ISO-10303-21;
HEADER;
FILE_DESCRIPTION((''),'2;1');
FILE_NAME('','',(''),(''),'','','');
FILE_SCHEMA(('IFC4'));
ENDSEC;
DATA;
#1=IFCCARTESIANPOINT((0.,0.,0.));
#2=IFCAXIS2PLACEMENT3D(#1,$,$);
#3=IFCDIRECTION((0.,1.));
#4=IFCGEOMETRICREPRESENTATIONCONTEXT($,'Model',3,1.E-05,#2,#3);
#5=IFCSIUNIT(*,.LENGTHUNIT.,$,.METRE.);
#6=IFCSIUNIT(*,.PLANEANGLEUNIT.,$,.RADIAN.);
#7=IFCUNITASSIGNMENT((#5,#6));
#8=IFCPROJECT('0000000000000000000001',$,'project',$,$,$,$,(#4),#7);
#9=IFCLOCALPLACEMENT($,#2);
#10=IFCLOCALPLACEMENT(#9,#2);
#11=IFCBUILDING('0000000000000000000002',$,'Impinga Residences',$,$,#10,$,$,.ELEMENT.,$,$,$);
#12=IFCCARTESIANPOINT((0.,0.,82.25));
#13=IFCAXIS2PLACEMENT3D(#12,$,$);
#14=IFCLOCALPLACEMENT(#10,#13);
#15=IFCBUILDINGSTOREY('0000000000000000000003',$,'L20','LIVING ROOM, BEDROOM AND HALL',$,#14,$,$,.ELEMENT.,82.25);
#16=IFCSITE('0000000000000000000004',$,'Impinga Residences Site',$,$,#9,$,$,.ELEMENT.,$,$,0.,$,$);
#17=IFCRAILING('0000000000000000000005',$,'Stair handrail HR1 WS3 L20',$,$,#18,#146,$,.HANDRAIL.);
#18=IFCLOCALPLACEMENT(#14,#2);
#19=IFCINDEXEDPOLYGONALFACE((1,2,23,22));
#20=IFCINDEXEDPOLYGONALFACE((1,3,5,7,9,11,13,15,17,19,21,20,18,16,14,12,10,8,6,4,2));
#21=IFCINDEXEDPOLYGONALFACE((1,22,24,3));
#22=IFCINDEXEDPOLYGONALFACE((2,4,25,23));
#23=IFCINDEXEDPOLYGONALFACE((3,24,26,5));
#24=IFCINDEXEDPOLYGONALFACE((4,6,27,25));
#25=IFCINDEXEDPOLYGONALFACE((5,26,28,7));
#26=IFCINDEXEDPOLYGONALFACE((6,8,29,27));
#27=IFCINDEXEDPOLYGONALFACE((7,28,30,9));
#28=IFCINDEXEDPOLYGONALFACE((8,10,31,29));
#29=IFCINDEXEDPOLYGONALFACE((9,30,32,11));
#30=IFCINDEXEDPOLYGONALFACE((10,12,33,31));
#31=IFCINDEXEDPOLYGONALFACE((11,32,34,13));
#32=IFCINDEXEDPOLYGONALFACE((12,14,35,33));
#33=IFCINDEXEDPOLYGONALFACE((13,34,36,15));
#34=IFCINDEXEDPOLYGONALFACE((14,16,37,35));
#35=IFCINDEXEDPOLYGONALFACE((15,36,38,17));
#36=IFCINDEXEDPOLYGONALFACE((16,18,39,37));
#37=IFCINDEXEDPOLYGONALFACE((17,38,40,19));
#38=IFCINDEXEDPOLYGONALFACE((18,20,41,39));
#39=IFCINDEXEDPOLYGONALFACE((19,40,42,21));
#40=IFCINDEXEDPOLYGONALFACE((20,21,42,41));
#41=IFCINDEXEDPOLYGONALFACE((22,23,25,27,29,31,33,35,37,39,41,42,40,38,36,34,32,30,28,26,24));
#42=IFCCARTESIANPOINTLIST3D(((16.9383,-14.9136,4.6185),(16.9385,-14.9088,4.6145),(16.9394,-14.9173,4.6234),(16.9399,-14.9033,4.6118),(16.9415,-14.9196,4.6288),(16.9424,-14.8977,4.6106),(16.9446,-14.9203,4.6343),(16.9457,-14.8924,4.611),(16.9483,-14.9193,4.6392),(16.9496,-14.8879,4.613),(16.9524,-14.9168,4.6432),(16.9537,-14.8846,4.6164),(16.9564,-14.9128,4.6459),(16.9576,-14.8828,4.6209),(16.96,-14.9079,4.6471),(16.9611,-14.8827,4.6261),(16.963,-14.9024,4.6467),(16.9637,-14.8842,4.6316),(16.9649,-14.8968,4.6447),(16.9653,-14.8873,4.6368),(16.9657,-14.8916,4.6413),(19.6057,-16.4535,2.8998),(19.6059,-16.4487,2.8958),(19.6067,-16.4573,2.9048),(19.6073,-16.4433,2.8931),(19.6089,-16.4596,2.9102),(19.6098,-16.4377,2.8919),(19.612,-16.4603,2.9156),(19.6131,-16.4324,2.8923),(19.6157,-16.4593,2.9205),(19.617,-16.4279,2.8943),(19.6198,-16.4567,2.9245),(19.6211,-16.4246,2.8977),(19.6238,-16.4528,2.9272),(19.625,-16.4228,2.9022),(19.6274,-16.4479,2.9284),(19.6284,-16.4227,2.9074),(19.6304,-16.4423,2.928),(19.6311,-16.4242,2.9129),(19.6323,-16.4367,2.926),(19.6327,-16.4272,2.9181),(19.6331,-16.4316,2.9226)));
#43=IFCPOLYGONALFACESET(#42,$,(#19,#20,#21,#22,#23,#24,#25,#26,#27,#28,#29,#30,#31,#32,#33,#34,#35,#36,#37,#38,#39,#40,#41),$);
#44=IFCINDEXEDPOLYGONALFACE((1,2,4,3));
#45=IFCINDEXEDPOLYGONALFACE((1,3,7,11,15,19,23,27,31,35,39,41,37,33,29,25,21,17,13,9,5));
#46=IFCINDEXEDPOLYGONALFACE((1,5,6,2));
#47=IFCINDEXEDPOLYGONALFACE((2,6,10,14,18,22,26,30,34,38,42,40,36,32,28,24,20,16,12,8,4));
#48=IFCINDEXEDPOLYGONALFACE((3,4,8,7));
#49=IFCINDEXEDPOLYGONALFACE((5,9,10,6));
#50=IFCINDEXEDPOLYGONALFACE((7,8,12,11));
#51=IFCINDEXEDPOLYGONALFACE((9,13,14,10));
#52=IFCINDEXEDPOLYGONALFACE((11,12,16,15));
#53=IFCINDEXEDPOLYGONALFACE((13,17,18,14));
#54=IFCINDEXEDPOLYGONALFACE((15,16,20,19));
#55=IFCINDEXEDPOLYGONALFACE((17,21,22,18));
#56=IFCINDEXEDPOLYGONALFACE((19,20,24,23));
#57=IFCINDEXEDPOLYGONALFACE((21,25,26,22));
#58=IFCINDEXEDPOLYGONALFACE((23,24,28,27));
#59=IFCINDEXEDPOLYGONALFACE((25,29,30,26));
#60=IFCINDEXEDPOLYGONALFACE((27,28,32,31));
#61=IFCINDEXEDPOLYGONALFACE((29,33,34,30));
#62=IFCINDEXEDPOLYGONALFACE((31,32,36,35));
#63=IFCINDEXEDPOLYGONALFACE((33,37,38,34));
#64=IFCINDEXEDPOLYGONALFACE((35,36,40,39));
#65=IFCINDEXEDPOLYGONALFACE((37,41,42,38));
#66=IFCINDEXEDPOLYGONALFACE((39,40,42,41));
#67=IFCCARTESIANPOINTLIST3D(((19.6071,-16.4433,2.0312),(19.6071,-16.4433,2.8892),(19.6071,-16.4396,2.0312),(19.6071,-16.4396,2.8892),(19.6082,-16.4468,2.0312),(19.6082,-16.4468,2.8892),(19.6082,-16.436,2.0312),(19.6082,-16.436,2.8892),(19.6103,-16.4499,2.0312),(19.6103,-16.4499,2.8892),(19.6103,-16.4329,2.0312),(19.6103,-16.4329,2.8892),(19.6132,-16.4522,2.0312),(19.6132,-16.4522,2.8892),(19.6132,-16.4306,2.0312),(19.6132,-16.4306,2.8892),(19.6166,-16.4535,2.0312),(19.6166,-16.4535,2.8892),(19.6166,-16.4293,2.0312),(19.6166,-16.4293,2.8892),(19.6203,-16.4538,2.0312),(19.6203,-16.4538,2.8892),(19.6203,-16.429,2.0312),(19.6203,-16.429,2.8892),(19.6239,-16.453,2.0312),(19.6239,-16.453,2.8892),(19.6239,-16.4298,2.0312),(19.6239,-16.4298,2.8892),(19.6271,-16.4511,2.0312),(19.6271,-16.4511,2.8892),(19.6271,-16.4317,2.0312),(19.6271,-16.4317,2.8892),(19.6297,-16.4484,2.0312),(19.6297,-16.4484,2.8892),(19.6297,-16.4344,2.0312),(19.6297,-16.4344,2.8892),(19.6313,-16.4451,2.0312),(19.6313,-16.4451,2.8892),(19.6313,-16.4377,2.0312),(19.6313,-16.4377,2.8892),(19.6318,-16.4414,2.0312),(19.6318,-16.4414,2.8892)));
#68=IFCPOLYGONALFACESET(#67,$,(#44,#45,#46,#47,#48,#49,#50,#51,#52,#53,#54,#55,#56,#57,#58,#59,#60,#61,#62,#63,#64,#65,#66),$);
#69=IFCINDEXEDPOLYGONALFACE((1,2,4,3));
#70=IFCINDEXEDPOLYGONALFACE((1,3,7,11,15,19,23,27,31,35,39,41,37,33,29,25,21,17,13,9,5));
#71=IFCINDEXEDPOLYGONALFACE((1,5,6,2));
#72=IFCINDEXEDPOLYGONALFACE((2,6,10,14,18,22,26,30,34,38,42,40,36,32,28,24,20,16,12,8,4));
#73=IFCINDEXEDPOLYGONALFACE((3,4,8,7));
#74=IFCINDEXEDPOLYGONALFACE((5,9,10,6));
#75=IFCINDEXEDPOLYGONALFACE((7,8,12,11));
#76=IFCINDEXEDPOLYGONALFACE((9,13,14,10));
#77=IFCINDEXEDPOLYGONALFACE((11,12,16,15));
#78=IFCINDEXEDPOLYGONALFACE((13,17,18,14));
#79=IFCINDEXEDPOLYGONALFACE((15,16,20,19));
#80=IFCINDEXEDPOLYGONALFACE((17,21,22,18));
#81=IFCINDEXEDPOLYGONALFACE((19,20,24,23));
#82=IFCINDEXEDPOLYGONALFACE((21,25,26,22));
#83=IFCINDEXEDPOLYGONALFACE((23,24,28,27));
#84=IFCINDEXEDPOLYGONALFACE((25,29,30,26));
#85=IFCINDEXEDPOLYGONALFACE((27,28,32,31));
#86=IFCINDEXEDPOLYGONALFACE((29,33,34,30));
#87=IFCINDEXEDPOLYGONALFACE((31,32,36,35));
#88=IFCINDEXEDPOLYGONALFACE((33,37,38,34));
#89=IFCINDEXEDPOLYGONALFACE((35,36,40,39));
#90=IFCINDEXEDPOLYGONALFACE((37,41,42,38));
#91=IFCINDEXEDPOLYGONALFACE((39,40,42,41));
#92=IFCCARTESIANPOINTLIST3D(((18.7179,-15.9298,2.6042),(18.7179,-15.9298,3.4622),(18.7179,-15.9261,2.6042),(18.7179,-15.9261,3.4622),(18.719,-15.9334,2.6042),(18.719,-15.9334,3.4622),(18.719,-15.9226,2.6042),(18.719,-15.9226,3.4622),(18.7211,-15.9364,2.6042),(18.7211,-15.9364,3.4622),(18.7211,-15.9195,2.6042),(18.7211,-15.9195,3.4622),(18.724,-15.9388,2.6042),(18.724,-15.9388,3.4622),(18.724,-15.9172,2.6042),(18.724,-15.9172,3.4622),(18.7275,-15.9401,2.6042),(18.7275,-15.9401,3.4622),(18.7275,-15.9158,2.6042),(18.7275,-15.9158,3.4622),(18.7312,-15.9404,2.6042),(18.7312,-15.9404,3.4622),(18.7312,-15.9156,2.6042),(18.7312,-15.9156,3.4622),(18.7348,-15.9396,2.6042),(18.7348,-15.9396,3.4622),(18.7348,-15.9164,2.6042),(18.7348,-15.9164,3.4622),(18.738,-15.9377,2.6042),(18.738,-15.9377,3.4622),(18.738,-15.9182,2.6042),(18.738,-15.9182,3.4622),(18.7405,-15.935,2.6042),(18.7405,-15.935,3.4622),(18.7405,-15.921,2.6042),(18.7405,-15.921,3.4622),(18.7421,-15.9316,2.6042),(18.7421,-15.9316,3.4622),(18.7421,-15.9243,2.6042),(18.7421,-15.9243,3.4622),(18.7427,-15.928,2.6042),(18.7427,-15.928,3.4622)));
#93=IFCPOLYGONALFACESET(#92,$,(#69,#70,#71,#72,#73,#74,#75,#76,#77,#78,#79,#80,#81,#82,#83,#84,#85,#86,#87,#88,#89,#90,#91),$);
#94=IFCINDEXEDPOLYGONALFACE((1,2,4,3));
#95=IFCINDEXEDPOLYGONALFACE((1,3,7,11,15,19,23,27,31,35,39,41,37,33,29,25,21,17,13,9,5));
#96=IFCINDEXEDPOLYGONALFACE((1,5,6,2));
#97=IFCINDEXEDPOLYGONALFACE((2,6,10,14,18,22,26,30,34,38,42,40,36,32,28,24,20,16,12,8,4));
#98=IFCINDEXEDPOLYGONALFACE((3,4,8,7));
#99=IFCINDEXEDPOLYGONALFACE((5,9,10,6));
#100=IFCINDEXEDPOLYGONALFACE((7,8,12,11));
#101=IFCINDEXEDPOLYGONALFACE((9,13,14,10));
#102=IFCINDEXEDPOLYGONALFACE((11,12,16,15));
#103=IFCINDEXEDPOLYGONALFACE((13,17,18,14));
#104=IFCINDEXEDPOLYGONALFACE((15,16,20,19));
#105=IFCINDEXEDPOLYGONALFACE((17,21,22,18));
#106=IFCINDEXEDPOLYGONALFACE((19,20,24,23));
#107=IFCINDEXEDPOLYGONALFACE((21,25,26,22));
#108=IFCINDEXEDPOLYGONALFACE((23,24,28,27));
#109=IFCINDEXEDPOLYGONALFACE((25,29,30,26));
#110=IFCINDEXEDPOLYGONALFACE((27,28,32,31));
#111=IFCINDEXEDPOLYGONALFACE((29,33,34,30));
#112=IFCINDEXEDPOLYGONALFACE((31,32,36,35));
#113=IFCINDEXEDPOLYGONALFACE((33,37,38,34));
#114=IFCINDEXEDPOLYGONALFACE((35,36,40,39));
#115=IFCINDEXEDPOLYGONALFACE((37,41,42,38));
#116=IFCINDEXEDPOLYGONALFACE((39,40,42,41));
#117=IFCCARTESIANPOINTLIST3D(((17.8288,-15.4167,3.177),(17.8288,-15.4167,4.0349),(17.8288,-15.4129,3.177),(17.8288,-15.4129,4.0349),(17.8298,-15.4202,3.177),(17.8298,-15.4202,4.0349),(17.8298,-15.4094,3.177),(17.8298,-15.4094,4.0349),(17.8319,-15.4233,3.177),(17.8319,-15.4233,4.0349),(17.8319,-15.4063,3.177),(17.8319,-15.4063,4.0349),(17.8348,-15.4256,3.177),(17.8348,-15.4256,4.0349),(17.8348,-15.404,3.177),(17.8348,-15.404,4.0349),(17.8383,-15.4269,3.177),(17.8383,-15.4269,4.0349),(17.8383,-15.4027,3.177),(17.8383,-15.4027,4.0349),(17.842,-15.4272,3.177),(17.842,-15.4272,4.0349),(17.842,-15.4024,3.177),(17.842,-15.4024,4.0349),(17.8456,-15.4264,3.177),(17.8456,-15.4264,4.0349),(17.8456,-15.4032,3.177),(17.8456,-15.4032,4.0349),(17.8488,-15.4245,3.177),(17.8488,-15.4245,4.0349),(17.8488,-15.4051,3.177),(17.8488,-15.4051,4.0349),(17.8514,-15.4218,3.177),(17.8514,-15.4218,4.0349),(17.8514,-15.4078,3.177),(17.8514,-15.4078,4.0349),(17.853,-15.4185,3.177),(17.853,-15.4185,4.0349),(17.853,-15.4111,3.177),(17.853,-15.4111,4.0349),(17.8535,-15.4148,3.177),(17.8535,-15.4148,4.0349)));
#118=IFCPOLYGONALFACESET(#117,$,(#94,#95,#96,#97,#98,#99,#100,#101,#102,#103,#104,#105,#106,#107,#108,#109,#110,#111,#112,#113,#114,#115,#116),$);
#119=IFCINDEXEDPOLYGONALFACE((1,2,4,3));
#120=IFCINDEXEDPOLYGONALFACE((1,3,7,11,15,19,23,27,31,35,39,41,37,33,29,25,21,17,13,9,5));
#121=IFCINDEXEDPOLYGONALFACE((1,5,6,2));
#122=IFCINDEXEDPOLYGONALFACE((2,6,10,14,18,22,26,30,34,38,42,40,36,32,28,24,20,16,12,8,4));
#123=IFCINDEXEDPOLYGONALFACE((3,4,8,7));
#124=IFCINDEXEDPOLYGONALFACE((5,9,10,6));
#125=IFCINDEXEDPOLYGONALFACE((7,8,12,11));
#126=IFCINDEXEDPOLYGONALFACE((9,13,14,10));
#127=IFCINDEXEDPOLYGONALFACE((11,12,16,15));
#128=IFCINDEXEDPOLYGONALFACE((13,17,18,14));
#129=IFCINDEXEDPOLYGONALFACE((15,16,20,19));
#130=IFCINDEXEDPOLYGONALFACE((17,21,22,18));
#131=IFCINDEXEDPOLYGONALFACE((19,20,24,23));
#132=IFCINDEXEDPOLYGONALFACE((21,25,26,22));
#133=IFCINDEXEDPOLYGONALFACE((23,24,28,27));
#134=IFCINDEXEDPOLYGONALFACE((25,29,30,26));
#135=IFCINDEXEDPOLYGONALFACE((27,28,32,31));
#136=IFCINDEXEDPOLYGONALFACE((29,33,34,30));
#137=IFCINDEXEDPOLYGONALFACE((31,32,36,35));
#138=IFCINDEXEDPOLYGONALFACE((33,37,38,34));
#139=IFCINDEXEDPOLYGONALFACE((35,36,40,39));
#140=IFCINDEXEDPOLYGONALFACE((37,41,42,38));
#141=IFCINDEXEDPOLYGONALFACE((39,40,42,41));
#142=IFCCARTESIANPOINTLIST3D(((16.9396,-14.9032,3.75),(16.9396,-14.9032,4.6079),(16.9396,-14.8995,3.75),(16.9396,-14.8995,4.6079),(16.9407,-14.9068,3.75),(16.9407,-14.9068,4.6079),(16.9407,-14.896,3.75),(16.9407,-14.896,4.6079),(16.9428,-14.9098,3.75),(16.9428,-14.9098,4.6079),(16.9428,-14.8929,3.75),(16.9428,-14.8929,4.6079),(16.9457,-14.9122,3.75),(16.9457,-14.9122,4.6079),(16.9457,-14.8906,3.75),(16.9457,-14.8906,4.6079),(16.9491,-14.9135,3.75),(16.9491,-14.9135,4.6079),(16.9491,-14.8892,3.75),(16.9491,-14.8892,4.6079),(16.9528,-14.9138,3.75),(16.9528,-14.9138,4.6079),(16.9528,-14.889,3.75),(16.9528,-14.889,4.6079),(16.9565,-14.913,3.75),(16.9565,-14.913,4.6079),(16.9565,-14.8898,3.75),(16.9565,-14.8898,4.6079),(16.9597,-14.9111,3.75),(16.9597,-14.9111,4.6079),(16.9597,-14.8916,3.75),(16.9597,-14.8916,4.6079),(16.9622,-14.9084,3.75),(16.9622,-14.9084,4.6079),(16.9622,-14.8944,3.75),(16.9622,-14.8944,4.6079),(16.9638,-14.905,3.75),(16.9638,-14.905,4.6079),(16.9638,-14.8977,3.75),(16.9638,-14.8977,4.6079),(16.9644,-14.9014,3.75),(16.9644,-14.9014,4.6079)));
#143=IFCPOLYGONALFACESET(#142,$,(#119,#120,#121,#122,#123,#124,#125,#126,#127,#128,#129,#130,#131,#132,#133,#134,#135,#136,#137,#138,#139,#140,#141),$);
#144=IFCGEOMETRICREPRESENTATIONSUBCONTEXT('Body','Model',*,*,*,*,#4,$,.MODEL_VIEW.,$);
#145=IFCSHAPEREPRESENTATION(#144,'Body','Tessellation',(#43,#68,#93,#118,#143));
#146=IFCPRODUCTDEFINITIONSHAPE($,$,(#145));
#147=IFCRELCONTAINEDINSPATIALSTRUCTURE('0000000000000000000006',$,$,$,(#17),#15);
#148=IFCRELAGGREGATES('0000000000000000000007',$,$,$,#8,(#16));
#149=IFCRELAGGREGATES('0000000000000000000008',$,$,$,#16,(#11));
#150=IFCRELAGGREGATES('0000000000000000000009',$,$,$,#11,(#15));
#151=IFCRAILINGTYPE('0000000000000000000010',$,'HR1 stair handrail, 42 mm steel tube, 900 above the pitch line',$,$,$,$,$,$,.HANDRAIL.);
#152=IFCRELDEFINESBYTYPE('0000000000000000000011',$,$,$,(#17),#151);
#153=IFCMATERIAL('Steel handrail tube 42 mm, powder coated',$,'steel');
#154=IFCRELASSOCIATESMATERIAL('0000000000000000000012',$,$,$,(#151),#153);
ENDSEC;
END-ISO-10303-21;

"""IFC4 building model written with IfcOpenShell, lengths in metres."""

from ifc_helpers import new_model, si_unit, direction, frame, origin, origin_2d, place, context, subcontext, project, spatial, circle, extrude, material, type_object, element, save


model = new_model("IFC4")

# Units and contexts
model_context = context("Model", 3, precision=1e-05, world=origin(), true_north=direction((0.0, 1.0)))
body_context = subcontext(model_context, "Body", "Model", "MODEL_VIEW")
ifc_project = project(units=[si_unit("LENGTHUNIT", "METRE"), si_unit("PLANEANGLEUNIT", "RADIAN")], contexts=[model_context])

# Site, building, storey
site_placement = place(None, origin())
site = spatial("IfcSite", under=ifc_project, at=site_placement, Name="Impinga Residences Site", CompositionType="ELEMENT", RefElevation=0.0)
building_placement = place(site_placement, origin())
building = spatial("IfcBuilding", under=site, at=building_placement, Name="Impinga Residences", CompositionType="ELEMENT")
storey_placement = place(building_placement, frame((0.0, 0.0, 82.25)))
storey = spatial("IfcBuildingStorey", under=building, at=storey_placement, Name="L20", Description="LIVING ROOM, BEDROOM AND HALL", CompositionType="ELEMENT", Elevation=82.25)

# Railing
ifc_material_1 = material(Name="Steel handrail tube 42 mm, powder coated", Category="steel")
railing_type_1 = type_object("IfcRailingType", Name="HR1 stair handrail, 42 mm steel tube, 900 above the pitch line", PredefinedType="HANDRAIL", material=ifc_material_1)
railing_1_placement = place(storey_placement, frame((19.6194, -16.4414, 2.0312)))
element("IfcRailing", 1, at=railing_1_placement, inside=storey, type_object=railing_type_1, Name="Stair handrail HR1 WS3 L20", PredefinedType="HANDRAIL", context=body_context, shape_type="SweptSolid", body=[
    extrude(circle(Radius=0.021, at=origin_2d()), frame((0.0, 0.0, 0.8789), z_axis=(-0.756256, 0.436616, 0.487282), x_axis=(-0.499992, -0.86603, 0.0)), (0.0, 0.0, 1.0), 3.5271),
    extrude(circle(Radius=0.0125, at=origin_2d()), origin(), (0.0, 0.0, 1.0), 0.8579),
    extrude(circle(Radius=0.0125, at=origin_2d()), frame((-0.8892, 0.5134, 0.573)), (0.0, 0.0, 1.0), 0.8579),
    extrude(circle(Radius=0.0125, at=origin_2d()), frame((-1.7783, 1.0266, 1.1458)), (0.0, 0.0, 1.0), 0.8579),
    extrude(circle(Radius=0.0125, at=origin_2d()), frame((-2.6675, 1.54, 1.7188)), (0.0, 0.0, 1.0), 0.8579),
])

save(model, "model.ifc")
